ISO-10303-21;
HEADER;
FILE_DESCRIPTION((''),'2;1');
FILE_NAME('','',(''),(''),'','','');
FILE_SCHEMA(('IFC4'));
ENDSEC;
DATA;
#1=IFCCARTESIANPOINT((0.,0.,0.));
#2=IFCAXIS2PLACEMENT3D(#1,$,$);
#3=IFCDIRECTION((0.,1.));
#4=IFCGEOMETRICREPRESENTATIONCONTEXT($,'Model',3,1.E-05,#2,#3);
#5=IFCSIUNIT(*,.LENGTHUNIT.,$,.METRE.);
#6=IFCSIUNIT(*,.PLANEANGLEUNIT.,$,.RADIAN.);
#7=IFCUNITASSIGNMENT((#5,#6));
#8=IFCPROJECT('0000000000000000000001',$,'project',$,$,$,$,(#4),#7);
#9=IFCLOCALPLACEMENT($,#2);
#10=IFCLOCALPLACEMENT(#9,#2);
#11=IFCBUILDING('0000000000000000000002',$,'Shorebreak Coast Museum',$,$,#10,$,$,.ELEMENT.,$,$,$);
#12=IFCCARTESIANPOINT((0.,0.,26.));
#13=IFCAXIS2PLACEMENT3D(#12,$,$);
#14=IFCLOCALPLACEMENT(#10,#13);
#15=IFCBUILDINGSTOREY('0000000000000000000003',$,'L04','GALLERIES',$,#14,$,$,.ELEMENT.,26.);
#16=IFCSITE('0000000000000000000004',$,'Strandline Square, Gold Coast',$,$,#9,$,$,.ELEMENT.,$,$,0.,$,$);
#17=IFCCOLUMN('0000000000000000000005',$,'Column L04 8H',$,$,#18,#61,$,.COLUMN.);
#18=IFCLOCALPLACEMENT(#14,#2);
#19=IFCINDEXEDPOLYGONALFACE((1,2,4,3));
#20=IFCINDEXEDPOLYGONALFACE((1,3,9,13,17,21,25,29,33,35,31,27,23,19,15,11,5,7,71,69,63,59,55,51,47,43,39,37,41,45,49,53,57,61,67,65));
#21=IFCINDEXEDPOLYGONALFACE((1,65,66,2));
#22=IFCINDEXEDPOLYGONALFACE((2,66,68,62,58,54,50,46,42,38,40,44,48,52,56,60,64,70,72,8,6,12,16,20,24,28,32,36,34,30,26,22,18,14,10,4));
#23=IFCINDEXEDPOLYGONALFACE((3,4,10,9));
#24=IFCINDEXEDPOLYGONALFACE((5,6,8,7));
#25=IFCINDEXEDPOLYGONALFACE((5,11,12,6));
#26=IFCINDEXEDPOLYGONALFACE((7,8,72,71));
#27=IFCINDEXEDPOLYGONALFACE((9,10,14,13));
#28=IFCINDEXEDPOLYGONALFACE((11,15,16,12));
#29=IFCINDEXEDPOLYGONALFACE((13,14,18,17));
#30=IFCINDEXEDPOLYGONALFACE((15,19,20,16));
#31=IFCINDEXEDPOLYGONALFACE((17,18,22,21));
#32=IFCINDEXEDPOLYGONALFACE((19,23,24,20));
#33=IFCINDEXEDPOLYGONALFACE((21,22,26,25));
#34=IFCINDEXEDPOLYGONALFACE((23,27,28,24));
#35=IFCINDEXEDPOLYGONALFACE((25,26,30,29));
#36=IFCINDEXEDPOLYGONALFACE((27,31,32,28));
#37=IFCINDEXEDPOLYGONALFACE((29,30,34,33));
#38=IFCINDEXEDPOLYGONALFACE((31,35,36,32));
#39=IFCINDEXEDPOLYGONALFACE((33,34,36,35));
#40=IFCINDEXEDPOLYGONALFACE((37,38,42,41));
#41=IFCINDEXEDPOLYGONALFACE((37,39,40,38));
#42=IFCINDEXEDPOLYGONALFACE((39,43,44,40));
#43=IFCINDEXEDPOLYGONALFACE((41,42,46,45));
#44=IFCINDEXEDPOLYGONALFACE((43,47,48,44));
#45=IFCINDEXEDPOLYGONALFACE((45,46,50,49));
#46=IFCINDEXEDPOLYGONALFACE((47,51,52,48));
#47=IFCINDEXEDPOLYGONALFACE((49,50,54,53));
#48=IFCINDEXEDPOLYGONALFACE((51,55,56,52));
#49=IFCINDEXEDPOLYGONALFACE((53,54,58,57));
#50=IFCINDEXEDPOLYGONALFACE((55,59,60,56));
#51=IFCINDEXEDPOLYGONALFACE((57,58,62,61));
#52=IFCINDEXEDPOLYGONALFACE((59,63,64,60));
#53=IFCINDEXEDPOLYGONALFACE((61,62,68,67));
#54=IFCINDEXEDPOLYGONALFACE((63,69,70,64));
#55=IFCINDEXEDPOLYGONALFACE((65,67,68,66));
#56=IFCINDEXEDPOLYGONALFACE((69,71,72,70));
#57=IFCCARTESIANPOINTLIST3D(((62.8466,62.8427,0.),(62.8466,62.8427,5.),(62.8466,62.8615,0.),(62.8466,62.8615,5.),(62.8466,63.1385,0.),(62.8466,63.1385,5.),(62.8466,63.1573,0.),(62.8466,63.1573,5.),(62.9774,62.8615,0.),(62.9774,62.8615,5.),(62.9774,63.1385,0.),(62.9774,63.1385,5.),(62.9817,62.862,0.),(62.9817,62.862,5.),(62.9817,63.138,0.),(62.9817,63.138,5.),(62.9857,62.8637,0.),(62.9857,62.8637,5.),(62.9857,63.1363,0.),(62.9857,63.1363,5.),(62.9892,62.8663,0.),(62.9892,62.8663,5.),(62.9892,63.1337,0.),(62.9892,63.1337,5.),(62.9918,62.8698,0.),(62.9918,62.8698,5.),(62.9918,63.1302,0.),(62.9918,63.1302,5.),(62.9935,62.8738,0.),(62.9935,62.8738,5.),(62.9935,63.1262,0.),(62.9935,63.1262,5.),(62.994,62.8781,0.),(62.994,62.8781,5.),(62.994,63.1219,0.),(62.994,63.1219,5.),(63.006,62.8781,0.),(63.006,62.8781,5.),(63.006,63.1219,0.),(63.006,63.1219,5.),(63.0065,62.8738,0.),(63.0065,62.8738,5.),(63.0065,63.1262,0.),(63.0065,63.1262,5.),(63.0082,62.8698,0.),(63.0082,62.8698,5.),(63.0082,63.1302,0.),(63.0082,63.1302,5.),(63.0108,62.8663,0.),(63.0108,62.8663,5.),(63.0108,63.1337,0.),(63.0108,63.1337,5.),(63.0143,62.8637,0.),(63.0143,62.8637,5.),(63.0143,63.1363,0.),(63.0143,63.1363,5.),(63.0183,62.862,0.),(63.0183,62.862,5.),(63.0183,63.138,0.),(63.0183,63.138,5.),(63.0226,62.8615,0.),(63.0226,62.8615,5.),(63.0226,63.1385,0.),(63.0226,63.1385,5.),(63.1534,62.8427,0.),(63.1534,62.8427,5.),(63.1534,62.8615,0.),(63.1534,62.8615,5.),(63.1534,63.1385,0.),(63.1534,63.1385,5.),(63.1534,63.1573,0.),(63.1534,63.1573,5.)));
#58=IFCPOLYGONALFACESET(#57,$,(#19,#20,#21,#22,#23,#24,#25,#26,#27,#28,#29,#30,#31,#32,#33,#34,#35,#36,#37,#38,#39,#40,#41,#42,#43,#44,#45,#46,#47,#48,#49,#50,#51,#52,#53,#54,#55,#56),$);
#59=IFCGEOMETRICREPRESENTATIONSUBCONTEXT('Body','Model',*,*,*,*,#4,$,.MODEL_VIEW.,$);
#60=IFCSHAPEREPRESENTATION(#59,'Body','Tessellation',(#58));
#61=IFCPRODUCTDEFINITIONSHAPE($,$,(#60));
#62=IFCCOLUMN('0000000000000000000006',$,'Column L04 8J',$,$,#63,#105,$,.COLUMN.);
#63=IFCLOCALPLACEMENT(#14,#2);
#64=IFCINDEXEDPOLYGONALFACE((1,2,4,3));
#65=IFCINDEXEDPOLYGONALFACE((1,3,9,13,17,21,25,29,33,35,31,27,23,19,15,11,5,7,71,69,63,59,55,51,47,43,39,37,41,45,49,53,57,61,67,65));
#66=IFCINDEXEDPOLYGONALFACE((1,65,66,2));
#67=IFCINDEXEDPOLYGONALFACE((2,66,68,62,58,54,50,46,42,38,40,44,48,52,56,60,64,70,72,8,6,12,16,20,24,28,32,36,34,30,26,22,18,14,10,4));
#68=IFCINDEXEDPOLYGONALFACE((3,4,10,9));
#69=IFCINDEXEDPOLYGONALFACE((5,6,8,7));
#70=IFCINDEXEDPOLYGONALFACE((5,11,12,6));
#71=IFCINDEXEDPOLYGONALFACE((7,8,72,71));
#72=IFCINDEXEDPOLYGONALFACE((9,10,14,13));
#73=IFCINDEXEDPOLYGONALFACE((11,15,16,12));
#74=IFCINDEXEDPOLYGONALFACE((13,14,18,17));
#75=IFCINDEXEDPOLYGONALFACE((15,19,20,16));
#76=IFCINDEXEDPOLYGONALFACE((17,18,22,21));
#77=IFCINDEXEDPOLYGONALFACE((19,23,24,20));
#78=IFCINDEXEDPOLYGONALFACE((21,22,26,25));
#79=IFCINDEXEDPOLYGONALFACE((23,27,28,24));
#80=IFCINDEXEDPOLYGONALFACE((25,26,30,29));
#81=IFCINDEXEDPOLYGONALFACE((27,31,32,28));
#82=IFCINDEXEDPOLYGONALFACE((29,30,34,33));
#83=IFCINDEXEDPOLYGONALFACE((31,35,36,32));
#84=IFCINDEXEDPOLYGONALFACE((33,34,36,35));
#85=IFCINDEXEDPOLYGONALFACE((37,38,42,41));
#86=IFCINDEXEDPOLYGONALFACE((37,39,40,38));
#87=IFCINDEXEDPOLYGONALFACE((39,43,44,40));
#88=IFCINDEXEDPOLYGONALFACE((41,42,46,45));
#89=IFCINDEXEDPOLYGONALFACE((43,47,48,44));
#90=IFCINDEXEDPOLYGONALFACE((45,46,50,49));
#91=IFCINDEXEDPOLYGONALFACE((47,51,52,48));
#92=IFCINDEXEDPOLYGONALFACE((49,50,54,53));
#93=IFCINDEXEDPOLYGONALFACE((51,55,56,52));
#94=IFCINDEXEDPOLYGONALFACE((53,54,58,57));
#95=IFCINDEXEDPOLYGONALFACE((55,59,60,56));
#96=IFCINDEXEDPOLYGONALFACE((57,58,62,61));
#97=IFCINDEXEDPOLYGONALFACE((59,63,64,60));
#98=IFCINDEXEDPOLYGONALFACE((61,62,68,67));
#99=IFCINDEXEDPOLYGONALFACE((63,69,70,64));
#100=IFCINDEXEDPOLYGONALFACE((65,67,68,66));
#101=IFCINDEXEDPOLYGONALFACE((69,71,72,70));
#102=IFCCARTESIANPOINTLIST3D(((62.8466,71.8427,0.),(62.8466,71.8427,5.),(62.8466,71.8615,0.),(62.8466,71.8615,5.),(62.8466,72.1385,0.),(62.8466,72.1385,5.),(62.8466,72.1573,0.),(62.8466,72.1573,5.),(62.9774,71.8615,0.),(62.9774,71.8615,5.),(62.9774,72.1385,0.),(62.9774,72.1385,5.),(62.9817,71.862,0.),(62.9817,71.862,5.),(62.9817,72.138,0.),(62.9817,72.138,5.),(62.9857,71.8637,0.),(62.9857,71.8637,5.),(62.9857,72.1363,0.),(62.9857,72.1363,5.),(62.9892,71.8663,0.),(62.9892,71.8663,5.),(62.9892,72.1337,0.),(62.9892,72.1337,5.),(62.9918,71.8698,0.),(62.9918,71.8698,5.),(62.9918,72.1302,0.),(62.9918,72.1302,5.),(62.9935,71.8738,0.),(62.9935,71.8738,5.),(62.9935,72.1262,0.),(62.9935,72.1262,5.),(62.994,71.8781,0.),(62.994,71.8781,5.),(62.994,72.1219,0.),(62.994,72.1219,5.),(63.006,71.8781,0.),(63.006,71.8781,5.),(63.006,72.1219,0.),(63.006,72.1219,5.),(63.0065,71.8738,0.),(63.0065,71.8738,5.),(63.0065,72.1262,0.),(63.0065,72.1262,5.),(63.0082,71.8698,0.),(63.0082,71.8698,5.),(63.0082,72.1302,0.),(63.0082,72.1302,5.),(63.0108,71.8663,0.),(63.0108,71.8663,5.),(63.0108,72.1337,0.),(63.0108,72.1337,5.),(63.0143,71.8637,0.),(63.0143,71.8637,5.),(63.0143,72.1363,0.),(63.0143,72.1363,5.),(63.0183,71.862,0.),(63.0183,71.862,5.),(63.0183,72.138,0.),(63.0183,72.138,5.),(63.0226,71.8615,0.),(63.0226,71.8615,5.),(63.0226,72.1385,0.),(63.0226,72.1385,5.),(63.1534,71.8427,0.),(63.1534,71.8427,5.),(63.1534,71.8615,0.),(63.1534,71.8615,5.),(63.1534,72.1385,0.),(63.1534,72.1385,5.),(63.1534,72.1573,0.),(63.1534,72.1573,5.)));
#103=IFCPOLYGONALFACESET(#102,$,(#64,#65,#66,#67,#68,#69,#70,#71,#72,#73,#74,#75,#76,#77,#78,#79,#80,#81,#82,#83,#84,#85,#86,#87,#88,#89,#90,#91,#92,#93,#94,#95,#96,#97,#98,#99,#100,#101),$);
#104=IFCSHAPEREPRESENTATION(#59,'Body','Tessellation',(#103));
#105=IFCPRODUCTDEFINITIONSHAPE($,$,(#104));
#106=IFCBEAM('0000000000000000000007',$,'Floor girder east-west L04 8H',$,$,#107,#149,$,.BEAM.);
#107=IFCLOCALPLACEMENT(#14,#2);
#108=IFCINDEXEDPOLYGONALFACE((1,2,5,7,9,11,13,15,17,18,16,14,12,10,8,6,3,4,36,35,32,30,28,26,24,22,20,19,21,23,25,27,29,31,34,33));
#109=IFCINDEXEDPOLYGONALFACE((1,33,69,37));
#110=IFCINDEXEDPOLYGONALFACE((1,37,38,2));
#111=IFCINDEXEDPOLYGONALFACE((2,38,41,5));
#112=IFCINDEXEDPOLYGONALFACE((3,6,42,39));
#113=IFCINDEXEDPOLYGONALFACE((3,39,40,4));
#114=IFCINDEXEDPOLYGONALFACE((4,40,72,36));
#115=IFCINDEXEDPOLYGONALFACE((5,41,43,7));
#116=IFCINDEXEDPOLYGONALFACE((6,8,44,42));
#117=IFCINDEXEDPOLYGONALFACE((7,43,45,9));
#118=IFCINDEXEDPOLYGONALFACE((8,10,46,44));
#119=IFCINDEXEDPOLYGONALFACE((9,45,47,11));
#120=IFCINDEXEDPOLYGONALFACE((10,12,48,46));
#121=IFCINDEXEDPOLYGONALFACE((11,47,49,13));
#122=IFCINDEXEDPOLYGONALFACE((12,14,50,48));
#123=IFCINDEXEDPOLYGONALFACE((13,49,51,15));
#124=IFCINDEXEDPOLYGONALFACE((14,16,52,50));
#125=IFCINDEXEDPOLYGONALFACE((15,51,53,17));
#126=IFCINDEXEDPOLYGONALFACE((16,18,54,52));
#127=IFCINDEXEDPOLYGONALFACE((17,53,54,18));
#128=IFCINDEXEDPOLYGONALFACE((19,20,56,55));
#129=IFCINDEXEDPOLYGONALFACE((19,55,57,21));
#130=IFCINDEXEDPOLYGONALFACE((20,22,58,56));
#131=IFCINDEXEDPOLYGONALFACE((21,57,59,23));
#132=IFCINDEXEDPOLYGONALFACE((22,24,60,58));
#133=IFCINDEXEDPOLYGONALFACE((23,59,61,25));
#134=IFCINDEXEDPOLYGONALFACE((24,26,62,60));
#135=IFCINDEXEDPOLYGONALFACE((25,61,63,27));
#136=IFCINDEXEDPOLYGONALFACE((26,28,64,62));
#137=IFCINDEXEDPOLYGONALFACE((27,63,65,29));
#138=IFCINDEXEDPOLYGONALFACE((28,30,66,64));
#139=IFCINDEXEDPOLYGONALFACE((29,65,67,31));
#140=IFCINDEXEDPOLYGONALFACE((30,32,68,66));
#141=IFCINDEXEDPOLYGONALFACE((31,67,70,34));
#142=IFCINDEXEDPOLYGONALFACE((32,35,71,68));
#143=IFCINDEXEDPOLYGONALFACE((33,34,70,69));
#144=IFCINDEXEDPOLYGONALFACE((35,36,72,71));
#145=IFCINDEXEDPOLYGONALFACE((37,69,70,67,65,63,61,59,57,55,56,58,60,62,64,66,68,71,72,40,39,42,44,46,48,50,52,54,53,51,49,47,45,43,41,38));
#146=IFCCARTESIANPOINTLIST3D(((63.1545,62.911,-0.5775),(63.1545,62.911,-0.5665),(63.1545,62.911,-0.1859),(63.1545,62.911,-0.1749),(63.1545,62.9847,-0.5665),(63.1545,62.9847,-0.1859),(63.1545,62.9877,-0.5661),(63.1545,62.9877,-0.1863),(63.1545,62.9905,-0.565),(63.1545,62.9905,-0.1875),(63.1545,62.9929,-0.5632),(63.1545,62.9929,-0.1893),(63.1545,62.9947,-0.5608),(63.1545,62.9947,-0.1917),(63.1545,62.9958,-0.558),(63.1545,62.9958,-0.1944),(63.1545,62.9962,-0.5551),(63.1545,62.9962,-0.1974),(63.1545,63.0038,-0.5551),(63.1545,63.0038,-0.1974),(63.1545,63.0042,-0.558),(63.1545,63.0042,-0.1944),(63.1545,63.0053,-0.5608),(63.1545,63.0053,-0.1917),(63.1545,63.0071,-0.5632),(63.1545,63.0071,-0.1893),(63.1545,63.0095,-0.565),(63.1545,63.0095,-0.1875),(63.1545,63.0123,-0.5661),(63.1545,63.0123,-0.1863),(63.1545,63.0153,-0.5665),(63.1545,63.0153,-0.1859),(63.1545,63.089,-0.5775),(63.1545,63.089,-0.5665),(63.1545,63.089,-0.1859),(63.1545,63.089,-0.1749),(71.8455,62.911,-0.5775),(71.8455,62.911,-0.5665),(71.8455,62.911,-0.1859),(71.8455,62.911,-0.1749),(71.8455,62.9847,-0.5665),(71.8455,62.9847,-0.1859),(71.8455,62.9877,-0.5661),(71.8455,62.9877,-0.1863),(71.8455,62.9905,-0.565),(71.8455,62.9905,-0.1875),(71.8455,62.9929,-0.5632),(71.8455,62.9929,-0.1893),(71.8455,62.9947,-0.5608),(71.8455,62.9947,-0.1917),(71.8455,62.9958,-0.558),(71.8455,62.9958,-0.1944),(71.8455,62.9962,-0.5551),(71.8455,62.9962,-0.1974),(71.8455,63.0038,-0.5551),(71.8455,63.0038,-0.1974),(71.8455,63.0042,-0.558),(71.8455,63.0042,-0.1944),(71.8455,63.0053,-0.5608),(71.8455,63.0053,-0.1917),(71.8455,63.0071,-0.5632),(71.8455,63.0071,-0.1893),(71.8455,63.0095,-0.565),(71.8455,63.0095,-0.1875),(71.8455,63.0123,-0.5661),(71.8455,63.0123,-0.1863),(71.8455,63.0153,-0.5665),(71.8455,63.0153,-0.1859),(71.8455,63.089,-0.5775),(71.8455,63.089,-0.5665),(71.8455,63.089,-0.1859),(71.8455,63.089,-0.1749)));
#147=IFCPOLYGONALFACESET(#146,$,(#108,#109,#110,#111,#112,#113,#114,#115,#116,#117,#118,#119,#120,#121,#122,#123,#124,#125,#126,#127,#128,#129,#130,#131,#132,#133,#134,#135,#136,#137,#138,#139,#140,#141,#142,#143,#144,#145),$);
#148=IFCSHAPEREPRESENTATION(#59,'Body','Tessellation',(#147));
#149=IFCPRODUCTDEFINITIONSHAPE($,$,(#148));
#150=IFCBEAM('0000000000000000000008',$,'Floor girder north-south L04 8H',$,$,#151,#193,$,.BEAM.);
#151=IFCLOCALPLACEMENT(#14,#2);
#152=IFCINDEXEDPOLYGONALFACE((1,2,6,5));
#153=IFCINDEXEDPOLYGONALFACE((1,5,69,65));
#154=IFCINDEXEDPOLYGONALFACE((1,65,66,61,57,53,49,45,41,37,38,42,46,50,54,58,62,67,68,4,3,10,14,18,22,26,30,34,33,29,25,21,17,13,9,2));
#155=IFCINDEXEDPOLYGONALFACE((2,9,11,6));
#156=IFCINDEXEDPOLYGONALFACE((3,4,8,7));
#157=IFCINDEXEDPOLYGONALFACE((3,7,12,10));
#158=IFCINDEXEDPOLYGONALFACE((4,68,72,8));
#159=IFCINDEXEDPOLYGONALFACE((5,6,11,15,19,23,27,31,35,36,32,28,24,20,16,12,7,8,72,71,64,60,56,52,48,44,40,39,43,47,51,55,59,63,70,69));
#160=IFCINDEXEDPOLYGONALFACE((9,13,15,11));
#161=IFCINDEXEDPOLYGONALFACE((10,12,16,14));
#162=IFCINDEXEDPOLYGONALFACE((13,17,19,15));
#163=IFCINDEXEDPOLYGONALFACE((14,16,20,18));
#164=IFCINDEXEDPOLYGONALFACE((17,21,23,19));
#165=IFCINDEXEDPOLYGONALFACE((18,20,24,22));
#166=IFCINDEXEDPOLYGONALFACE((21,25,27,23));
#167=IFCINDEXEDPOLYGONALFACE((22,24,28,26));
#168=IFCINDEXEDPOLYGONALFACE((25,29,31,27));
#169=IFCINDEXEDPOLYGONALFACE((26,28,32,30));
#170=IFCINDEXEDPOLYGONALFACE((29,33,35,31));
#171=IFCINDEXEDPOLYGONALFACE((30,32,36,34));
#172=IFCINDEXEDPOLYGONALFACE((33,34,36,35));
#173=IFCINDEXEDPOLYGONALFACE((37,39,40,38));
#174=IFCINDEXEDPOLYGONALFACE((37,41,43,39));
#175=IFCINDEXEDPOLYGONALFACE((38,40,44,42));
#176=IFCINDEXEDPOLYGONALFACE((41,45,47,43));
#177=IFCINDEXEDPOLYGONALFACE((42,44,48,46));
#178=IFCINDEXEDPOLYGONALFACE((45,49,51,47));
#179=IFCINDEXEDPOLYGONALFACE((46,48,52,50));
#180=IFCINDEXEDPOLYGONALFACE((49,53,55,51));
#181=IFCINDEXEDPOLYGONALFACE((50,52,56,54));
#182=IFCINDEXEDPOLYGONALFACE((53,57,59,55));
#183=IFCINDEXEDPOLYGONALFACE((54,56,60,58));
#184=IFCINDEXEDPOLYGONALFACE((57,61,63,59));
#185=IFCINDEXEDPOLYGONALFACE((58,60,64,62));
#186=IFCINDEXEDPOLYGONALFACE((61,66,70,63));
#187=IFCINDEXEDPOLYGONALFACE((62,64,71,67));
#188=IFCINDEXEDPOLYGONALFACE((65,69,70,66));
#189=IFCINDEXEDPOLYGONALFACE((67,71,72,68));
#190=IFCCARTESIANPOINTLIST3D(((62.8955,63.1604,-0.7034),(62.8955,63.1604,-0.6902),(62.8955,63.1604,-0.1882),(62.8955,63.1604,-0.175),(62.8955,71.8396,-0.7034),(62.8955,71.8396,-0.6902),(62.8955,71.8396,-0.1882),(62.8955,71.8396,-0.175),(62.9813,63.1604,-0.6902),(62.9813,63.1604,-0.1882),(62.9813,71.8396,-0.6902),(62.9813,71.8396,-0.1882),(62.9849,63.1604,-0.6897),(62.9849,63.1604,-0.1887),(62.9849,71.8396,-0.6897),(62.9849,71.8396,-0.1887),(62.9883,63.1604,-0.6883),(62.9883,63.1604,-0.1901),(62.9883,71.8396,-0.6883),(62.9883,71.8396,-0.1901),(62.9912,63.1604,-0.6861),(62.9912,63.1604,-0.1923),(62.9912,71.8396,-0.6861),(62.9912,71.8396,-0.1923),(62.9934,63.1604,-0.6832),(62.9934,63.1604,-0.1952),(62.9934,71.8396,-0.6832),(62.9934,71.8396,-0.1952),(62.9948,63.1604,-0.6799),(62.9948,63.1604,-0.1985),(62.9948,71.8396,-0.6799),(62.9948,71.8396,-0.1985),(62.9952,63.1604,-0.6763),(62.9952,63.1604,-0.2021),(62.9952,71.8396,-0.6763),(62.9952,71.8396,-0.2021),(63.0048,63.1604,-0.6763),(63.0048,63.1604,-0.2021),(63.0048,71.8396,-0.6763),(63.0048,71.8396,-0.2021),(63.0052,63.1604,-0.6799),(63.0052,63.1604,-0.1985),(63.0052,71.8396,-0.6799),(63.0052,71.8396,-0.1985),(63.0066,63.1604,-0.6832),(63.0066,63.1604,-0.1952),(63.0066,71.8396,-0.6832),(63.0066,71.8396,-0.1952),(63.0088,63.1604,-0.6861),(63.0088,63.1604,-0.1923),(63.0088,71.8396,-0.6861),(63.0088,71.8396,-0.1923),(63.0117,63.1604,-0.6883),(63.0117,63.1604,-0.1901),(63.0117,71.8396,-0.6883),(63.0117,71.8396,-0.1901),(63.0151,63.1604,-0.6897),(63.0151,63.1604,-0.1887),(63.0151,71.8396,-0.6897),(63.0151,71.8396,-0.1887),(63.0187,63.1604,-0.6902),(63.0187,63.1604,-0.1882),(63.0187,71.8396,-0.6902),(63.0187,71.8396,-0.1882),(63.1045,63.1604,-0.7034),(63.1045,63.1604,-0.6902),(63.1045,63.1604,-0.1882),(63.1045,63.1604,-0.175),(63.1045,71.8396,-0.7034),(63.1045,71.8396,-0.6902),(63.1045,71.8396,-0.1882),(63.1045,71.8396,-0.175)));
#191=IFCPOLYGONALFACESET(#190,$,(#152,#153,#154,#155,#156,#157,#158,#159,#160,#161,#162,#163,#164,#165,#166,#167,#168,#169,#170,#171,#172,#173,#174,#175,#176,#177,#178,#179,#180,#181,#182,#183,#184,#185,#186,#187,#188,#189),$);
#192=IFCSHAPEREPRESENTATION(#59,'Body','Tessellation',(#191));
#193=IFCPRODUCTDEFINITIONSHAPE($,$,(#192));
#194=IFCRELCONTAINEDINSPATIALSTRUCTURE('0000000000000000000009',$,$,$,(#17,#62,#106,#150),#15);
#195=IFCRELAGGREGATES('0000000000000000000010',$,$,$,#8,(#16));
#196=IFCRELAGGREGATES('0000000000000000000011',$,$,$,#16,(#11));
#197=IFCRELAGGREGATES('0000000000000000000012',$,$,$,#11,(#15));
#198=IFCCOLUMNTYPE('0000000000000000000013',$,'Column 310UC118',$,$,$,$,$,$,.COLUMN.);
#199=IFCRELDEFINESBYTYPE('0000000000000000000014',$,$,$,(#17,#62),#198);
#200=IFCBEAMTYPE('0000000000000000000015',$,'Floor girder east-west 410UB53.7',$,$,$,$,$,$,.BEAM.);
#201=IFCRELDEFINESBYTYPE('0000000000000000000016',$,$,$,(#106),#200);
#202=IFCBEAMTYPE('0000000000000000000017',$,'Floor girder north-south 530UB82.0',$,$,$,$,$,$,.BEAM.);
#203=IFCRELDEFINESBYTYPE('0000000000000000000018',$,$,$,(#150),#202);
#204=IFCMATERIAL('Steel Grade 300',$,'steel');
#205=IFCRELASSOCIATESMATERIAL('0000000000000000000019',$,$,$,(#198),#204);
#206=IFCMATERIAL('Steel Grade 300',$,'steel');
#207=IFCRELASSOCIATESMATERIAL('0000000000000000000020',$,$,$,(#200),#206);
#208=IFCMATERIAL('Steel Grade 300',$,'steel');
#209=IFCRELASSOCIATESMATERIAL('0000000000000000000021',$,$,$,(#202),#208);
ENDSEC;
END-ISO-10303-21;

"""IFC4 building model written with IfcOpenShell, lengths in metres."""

from ifc_helpers import new_model, si_unit, direction, frame, origin, origin_2d, place, context, subcontext, project, spatial, i_section, extrude, material, material_profile, profile_set, type_object, element, save


model = new_model("IFC4")

# Units and contexts
model_context = context("Model", 3, precision=1e-05, world=origin(), true_north=direction((0.0, 1.0)))
body_context = subcontext(model_context, "Body", "Model", "MODEL_VIEW")
ifc_project = project(units=[si_unit("LENGTHUNIT", "METRE"), si_unit("PLANEANGLEUNIT", "RADIAN")], contexts=[model_context])

# Site, building, storey
site_placement = place(None, origin())
site = spatial("IfcSite", under=ifc_project, at=site_placement, Name="Strandline Square, Gold Coast", CompositionType="ELEMENT", RefElevation=0.0)
building_placement = place(site_placement, origin())
building = spatial("IfcBuilding", under=site, at=building_placement, Name="Shorebreak Coast Museum", CompositionType="ELEMENT")
storey_placement = place(building_placement, frame((0.0, 0.0, 26.0)))
storey = spatial("IfcBuildingStorey", under=building, at=storey_placement, Name="L04", Description="GALLERIES", CompositionType="ELEMENT", Elevation=26.0)

# Columns
ifc_material_1 = material(Name="Steel Grade 300", Category="steel")
ifc_material_profile_1 = material_profile(ifc_material_1, i_section(OverallWidth=0.3069, OverallDepth=0.3147, WebThickness=0.012, FlangeThickness=0.0188, FilletRadius=0.0166, at=origin_2d()), Name="310UC118")
ifc_profile_set_1 = profile_set([ifc_material_profile_1], Name="Steel Grade 300")
column_type = type_object("IfcColumnType", Name="Column 310UC118", PredefinedType="COLUMN", material=ifc_profile_set_1)
for number, where, z_axis, x_axis, name in (
    (1, (63.0, 63.0, 0.0), (0.0, 0.0, 1.0), (1.0, 0.0, 0.0), "Column L04 8H"),
    (2, (63.0, 72.0, 0.0), (0.0, 0.0, 1.0), (1.0, 0.0, 0.0), "Column L04 8J"),
):
    element("IfcColumn", number, at=place(storey_placement, frame(where, z_axis=z_axis, x_axis=x_axis)), inside=storey, type_object=column_type, Name=name, PredefinedType="COLUMN", context=body_context, shape_type="SweptSolid", body=[
        extrude(i_section(OverallWidth=0.3069, OverallDepth=0.3147, WebThickness=0.012, FlangeThickness=0.0188, FilletRadius=0.0166, at=origin_2d()), origin(), (0.0, 0.0, 1.0), 5.0),
    ])

# Beams
ifc_material_2 = material(Name="Steel Grade 300", Category="steel")
ifc_material_profile_2 = material_profile(ifc_material_2, i_section(OverallWidth=0.178, OverallDepth=0.4026, WebThickness=0.0076, FlangeThickness=0.011, FilletRadius=0.0115, at=origin_2d()), Name="410UB53.7")
ifc_profile_set_2 = profile_set([ifc_material_profile_2], Name="Steel Grade 300")
beam_type_1 = type_object("IfcBeamType", Name="Floor girder east-west 410UB53.7", PredefinedType="BEAM", material=ifc_profile_set_2)
beam_placement = place(storey_placement, frame((63.1545, 63.0, -0.3762), z_axis=(1.0, 0.0, 0.0), x_axis=(0.0, 1.0, 0.0)))
element("IfcBeam", 3, at=beam_placement, inside=storey, type_object=beam_type_1, Name="Floor girder east-west L04 8H", PredefinedType="BEAM", context=body_context, shape_type="SweptSolid", body=[
    extrude(i_section(OverallWidth=0.178, OverallDepth=0.4026, WebThickness=0.0076, FlangeThickness=0.011, FilletRadius=0.0115, at=origin_2d()), origin(), (0.0, 0.0, 1.0), 8.6909),
])
ifc_material_3 = material(Name="Steel Grade 300", Category="steel")
ifc_material_profile_3 = material_profile(ifc_material_3, i_section(OverallWidth=0.209, OverallDepth=0.5283, WebThickness=0.0095, FlangeThickness=0.0132, FilletRadius=0.0139, at=origin_2d()), Name="530UB82.0")
ifc_profile_set_3 = profile_set([ifc_material_profile_3], Name="Steel Grade 300")
beam_type_2 = type_object("IfcBeamType", Name="Floor girder north-south 530UB82.0", PredefinedType="BEAM", material=ifc_profile_set_3)
for number, where, z_axis, x_axis, name in (
    (4, (63.0, 63.1604, -0.4392), (0.0, 1.0, 0.0), (-1.0, 0.0, 0.0), "Floor girder north-south L04 8H"),
):
    element("IfcBeam", number, at=place(storey_placement, frame(where, z_axis=z_axis, x_axis=x_axis)), inside=storey, type_object=beam_type_2, Name=name, PredefinedType="BEAM", context=body_context, shape_type="SweptSolid", body=[
        extrude(i_section(OverallWidth=0.209, OverallDepth=0.5283, WebThickness=0.0095, FlangeThickness=0.0132, FilletRadius=0.0139, at=origin_2d()), origin(), (0.0, 0.0, 1.0), 8.6792),
    ])

save(model, "model.ifc")
